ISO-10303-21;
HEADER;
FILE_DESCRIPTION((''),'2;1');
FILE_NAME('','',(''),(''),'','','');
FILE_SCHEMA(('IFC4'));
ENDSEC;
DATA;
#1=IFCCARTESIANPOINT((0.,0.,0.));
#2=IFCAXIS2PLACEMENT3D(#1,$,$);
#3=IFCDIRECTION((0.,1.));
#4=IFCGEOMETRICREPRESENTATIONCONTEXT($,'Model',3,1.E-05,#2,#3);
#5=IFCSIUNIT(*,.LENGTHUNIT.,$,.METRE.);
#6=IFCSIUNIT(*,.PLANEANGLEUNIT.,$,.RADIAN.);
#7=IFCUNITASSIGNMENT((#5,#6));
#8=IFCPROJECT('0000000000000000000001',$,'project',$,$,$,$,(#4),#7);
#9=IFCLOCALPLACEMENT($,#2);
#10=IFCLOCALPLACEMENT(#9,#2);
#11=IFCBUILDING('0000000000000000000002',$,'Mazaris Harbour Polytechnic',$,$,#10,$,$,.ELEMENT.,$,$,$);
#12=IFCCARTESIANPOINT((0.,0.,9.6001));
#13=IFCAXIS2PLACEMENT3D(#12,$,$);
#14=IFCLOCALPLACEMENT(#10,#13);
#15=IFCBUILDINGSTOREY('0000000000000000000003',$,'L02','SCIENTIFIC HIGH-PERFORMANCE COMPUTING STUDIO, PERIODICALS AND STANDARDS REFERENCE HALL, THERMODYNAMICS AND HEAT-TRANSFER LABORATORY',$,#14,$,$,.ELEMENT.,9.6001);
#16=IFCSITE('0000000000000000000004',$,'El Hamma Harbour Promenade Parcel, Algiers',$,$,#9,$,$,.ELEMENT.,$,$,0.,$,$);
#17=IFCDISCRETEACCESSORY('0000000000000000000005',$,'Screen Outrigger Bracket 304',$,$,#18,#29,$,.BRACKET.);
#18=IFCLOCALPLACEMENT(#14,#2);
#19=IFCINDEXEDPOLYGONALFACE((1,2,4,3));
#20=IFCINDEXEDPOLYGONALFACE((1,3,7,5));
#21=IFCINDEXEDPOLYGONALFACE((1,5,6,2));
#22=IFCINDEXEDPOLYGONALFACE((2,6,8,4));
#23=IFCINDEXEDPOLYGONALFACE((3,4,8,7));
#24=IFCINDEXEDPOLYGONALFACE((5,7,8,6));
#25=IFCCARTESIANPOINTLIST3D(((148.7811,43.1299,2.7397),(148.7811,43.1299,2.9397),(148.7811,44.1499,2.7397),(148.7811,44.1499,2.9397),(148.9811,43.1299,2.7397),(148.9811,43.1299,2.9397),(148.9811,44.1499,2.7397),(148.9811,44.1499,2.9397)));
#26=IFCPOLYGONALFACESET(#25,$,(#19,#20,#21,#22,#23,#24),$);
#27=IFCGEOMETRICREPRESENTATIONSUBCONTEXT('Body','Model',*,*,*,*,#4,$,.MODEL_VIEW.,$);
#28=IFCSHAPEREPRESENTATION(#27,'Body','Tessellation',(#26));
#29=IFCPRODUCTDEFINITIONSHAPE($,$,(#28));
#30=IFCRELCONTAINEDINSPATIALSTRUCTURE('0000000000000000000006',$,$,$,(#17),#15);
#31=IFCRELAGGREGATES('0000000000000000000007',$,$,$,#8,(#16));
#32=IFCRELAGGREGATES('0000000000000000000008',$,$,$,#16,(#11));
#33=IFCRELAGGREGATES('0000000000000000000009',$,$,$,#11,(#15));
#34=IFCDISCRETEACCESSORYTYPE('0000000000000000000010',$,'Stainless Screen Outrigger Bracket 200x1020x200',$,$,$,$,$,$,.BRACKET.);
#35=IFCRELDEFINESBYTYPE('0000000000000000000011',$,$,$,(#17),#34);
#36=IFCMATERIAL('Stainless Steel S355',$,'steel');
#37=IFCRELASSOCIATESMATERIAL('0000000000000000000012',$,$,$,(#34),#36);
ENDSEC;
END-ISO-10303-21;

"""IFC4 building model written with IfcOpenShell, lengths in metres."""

from ifc_helpers import new_model, si_unit, direction, frame, origin, origin_2d, place, context, subcontext, project, spatial, rectangle, extrude, material, type_object, element, save


model = new_model("IFC4")

# Units and contexts
model_context = context("Model", 3, precision=1e-05, world=origin(), true_north=direction((0.0, 1.0)))
body_context = subcontext(model_context, "Body", "Model", "MODEL_VIEW")
ifc_project = project(units=[si_unit("LENGTHUNIT", "METRE"), si_unit("PLANEANGLEUNIT", "RADIAN")], contexts=[model_context])

# Site, building, storey
site_placement = place(None, origin())
site = spatial("IfcSite", under=ifc_project, at=site_placement, Name="El Hamma Harbour Promenade Parcel, Algiers", CompositionType="ELEMENT", RefElevation=0.0)
building_placement = place(site_placement, origin())
building = spatial("IfcBuilding", under=site, at=building_placement, Name="Mazaris Harbour Polytechnic", CompositionType="ELEMENT")
storey_placement = place(building_placement, frame((0.0, 0.0, 9.6001)))
storey = spatial("IfcBuildingStorey", under=building, at=storey_placement, Name="L02", Description="SCIENTIFIC HIGH-PERFORMANCE COMPUTING STUDIO, PERIODICALS AND STANDARDS REFERENCE HALL, THERMODYNAMICS AND HEAT-TRANSFER LABORATORY", CompositionType="ELEMENT", Elevation=9.6001)

# Discrete accessory
ifc_material_1 = material(Name="Stainless Steel S355", Category="steel")
discrete_accessory_type = type_object("IfcDiscreteAccessoryType", Name="Stainless Screen Outrigger Bracket 200x1020x200", PredefinedType="BRACKET", material=ifc_material_1)
for number, where, z_axis, x_axis, name in (
    (1, (148.8811, 43.6399, 2.7397), (0.0, 0.0, 1.0), (1.0, 0.0, 0.0), "Screen Outrigger Bracket 304"),
):
    element("IfcDiscreteAccessory", number, at=place(storey_placement, frame(where, z_axis=z_axis, x_axis=x_axis)), inside=storey, type_object=discrete_accessory_type, Name=name, PredefinedType="BRACKET", context=body_context, shape_type="SweptSolid", body=[
        extrude(rectangle(XDim=0.2, YDim=1.02, at=origin_2d()), origin(), (0.0, 0.0, 1.0), 0.2),
    ])

save(model, "model.ifc")
